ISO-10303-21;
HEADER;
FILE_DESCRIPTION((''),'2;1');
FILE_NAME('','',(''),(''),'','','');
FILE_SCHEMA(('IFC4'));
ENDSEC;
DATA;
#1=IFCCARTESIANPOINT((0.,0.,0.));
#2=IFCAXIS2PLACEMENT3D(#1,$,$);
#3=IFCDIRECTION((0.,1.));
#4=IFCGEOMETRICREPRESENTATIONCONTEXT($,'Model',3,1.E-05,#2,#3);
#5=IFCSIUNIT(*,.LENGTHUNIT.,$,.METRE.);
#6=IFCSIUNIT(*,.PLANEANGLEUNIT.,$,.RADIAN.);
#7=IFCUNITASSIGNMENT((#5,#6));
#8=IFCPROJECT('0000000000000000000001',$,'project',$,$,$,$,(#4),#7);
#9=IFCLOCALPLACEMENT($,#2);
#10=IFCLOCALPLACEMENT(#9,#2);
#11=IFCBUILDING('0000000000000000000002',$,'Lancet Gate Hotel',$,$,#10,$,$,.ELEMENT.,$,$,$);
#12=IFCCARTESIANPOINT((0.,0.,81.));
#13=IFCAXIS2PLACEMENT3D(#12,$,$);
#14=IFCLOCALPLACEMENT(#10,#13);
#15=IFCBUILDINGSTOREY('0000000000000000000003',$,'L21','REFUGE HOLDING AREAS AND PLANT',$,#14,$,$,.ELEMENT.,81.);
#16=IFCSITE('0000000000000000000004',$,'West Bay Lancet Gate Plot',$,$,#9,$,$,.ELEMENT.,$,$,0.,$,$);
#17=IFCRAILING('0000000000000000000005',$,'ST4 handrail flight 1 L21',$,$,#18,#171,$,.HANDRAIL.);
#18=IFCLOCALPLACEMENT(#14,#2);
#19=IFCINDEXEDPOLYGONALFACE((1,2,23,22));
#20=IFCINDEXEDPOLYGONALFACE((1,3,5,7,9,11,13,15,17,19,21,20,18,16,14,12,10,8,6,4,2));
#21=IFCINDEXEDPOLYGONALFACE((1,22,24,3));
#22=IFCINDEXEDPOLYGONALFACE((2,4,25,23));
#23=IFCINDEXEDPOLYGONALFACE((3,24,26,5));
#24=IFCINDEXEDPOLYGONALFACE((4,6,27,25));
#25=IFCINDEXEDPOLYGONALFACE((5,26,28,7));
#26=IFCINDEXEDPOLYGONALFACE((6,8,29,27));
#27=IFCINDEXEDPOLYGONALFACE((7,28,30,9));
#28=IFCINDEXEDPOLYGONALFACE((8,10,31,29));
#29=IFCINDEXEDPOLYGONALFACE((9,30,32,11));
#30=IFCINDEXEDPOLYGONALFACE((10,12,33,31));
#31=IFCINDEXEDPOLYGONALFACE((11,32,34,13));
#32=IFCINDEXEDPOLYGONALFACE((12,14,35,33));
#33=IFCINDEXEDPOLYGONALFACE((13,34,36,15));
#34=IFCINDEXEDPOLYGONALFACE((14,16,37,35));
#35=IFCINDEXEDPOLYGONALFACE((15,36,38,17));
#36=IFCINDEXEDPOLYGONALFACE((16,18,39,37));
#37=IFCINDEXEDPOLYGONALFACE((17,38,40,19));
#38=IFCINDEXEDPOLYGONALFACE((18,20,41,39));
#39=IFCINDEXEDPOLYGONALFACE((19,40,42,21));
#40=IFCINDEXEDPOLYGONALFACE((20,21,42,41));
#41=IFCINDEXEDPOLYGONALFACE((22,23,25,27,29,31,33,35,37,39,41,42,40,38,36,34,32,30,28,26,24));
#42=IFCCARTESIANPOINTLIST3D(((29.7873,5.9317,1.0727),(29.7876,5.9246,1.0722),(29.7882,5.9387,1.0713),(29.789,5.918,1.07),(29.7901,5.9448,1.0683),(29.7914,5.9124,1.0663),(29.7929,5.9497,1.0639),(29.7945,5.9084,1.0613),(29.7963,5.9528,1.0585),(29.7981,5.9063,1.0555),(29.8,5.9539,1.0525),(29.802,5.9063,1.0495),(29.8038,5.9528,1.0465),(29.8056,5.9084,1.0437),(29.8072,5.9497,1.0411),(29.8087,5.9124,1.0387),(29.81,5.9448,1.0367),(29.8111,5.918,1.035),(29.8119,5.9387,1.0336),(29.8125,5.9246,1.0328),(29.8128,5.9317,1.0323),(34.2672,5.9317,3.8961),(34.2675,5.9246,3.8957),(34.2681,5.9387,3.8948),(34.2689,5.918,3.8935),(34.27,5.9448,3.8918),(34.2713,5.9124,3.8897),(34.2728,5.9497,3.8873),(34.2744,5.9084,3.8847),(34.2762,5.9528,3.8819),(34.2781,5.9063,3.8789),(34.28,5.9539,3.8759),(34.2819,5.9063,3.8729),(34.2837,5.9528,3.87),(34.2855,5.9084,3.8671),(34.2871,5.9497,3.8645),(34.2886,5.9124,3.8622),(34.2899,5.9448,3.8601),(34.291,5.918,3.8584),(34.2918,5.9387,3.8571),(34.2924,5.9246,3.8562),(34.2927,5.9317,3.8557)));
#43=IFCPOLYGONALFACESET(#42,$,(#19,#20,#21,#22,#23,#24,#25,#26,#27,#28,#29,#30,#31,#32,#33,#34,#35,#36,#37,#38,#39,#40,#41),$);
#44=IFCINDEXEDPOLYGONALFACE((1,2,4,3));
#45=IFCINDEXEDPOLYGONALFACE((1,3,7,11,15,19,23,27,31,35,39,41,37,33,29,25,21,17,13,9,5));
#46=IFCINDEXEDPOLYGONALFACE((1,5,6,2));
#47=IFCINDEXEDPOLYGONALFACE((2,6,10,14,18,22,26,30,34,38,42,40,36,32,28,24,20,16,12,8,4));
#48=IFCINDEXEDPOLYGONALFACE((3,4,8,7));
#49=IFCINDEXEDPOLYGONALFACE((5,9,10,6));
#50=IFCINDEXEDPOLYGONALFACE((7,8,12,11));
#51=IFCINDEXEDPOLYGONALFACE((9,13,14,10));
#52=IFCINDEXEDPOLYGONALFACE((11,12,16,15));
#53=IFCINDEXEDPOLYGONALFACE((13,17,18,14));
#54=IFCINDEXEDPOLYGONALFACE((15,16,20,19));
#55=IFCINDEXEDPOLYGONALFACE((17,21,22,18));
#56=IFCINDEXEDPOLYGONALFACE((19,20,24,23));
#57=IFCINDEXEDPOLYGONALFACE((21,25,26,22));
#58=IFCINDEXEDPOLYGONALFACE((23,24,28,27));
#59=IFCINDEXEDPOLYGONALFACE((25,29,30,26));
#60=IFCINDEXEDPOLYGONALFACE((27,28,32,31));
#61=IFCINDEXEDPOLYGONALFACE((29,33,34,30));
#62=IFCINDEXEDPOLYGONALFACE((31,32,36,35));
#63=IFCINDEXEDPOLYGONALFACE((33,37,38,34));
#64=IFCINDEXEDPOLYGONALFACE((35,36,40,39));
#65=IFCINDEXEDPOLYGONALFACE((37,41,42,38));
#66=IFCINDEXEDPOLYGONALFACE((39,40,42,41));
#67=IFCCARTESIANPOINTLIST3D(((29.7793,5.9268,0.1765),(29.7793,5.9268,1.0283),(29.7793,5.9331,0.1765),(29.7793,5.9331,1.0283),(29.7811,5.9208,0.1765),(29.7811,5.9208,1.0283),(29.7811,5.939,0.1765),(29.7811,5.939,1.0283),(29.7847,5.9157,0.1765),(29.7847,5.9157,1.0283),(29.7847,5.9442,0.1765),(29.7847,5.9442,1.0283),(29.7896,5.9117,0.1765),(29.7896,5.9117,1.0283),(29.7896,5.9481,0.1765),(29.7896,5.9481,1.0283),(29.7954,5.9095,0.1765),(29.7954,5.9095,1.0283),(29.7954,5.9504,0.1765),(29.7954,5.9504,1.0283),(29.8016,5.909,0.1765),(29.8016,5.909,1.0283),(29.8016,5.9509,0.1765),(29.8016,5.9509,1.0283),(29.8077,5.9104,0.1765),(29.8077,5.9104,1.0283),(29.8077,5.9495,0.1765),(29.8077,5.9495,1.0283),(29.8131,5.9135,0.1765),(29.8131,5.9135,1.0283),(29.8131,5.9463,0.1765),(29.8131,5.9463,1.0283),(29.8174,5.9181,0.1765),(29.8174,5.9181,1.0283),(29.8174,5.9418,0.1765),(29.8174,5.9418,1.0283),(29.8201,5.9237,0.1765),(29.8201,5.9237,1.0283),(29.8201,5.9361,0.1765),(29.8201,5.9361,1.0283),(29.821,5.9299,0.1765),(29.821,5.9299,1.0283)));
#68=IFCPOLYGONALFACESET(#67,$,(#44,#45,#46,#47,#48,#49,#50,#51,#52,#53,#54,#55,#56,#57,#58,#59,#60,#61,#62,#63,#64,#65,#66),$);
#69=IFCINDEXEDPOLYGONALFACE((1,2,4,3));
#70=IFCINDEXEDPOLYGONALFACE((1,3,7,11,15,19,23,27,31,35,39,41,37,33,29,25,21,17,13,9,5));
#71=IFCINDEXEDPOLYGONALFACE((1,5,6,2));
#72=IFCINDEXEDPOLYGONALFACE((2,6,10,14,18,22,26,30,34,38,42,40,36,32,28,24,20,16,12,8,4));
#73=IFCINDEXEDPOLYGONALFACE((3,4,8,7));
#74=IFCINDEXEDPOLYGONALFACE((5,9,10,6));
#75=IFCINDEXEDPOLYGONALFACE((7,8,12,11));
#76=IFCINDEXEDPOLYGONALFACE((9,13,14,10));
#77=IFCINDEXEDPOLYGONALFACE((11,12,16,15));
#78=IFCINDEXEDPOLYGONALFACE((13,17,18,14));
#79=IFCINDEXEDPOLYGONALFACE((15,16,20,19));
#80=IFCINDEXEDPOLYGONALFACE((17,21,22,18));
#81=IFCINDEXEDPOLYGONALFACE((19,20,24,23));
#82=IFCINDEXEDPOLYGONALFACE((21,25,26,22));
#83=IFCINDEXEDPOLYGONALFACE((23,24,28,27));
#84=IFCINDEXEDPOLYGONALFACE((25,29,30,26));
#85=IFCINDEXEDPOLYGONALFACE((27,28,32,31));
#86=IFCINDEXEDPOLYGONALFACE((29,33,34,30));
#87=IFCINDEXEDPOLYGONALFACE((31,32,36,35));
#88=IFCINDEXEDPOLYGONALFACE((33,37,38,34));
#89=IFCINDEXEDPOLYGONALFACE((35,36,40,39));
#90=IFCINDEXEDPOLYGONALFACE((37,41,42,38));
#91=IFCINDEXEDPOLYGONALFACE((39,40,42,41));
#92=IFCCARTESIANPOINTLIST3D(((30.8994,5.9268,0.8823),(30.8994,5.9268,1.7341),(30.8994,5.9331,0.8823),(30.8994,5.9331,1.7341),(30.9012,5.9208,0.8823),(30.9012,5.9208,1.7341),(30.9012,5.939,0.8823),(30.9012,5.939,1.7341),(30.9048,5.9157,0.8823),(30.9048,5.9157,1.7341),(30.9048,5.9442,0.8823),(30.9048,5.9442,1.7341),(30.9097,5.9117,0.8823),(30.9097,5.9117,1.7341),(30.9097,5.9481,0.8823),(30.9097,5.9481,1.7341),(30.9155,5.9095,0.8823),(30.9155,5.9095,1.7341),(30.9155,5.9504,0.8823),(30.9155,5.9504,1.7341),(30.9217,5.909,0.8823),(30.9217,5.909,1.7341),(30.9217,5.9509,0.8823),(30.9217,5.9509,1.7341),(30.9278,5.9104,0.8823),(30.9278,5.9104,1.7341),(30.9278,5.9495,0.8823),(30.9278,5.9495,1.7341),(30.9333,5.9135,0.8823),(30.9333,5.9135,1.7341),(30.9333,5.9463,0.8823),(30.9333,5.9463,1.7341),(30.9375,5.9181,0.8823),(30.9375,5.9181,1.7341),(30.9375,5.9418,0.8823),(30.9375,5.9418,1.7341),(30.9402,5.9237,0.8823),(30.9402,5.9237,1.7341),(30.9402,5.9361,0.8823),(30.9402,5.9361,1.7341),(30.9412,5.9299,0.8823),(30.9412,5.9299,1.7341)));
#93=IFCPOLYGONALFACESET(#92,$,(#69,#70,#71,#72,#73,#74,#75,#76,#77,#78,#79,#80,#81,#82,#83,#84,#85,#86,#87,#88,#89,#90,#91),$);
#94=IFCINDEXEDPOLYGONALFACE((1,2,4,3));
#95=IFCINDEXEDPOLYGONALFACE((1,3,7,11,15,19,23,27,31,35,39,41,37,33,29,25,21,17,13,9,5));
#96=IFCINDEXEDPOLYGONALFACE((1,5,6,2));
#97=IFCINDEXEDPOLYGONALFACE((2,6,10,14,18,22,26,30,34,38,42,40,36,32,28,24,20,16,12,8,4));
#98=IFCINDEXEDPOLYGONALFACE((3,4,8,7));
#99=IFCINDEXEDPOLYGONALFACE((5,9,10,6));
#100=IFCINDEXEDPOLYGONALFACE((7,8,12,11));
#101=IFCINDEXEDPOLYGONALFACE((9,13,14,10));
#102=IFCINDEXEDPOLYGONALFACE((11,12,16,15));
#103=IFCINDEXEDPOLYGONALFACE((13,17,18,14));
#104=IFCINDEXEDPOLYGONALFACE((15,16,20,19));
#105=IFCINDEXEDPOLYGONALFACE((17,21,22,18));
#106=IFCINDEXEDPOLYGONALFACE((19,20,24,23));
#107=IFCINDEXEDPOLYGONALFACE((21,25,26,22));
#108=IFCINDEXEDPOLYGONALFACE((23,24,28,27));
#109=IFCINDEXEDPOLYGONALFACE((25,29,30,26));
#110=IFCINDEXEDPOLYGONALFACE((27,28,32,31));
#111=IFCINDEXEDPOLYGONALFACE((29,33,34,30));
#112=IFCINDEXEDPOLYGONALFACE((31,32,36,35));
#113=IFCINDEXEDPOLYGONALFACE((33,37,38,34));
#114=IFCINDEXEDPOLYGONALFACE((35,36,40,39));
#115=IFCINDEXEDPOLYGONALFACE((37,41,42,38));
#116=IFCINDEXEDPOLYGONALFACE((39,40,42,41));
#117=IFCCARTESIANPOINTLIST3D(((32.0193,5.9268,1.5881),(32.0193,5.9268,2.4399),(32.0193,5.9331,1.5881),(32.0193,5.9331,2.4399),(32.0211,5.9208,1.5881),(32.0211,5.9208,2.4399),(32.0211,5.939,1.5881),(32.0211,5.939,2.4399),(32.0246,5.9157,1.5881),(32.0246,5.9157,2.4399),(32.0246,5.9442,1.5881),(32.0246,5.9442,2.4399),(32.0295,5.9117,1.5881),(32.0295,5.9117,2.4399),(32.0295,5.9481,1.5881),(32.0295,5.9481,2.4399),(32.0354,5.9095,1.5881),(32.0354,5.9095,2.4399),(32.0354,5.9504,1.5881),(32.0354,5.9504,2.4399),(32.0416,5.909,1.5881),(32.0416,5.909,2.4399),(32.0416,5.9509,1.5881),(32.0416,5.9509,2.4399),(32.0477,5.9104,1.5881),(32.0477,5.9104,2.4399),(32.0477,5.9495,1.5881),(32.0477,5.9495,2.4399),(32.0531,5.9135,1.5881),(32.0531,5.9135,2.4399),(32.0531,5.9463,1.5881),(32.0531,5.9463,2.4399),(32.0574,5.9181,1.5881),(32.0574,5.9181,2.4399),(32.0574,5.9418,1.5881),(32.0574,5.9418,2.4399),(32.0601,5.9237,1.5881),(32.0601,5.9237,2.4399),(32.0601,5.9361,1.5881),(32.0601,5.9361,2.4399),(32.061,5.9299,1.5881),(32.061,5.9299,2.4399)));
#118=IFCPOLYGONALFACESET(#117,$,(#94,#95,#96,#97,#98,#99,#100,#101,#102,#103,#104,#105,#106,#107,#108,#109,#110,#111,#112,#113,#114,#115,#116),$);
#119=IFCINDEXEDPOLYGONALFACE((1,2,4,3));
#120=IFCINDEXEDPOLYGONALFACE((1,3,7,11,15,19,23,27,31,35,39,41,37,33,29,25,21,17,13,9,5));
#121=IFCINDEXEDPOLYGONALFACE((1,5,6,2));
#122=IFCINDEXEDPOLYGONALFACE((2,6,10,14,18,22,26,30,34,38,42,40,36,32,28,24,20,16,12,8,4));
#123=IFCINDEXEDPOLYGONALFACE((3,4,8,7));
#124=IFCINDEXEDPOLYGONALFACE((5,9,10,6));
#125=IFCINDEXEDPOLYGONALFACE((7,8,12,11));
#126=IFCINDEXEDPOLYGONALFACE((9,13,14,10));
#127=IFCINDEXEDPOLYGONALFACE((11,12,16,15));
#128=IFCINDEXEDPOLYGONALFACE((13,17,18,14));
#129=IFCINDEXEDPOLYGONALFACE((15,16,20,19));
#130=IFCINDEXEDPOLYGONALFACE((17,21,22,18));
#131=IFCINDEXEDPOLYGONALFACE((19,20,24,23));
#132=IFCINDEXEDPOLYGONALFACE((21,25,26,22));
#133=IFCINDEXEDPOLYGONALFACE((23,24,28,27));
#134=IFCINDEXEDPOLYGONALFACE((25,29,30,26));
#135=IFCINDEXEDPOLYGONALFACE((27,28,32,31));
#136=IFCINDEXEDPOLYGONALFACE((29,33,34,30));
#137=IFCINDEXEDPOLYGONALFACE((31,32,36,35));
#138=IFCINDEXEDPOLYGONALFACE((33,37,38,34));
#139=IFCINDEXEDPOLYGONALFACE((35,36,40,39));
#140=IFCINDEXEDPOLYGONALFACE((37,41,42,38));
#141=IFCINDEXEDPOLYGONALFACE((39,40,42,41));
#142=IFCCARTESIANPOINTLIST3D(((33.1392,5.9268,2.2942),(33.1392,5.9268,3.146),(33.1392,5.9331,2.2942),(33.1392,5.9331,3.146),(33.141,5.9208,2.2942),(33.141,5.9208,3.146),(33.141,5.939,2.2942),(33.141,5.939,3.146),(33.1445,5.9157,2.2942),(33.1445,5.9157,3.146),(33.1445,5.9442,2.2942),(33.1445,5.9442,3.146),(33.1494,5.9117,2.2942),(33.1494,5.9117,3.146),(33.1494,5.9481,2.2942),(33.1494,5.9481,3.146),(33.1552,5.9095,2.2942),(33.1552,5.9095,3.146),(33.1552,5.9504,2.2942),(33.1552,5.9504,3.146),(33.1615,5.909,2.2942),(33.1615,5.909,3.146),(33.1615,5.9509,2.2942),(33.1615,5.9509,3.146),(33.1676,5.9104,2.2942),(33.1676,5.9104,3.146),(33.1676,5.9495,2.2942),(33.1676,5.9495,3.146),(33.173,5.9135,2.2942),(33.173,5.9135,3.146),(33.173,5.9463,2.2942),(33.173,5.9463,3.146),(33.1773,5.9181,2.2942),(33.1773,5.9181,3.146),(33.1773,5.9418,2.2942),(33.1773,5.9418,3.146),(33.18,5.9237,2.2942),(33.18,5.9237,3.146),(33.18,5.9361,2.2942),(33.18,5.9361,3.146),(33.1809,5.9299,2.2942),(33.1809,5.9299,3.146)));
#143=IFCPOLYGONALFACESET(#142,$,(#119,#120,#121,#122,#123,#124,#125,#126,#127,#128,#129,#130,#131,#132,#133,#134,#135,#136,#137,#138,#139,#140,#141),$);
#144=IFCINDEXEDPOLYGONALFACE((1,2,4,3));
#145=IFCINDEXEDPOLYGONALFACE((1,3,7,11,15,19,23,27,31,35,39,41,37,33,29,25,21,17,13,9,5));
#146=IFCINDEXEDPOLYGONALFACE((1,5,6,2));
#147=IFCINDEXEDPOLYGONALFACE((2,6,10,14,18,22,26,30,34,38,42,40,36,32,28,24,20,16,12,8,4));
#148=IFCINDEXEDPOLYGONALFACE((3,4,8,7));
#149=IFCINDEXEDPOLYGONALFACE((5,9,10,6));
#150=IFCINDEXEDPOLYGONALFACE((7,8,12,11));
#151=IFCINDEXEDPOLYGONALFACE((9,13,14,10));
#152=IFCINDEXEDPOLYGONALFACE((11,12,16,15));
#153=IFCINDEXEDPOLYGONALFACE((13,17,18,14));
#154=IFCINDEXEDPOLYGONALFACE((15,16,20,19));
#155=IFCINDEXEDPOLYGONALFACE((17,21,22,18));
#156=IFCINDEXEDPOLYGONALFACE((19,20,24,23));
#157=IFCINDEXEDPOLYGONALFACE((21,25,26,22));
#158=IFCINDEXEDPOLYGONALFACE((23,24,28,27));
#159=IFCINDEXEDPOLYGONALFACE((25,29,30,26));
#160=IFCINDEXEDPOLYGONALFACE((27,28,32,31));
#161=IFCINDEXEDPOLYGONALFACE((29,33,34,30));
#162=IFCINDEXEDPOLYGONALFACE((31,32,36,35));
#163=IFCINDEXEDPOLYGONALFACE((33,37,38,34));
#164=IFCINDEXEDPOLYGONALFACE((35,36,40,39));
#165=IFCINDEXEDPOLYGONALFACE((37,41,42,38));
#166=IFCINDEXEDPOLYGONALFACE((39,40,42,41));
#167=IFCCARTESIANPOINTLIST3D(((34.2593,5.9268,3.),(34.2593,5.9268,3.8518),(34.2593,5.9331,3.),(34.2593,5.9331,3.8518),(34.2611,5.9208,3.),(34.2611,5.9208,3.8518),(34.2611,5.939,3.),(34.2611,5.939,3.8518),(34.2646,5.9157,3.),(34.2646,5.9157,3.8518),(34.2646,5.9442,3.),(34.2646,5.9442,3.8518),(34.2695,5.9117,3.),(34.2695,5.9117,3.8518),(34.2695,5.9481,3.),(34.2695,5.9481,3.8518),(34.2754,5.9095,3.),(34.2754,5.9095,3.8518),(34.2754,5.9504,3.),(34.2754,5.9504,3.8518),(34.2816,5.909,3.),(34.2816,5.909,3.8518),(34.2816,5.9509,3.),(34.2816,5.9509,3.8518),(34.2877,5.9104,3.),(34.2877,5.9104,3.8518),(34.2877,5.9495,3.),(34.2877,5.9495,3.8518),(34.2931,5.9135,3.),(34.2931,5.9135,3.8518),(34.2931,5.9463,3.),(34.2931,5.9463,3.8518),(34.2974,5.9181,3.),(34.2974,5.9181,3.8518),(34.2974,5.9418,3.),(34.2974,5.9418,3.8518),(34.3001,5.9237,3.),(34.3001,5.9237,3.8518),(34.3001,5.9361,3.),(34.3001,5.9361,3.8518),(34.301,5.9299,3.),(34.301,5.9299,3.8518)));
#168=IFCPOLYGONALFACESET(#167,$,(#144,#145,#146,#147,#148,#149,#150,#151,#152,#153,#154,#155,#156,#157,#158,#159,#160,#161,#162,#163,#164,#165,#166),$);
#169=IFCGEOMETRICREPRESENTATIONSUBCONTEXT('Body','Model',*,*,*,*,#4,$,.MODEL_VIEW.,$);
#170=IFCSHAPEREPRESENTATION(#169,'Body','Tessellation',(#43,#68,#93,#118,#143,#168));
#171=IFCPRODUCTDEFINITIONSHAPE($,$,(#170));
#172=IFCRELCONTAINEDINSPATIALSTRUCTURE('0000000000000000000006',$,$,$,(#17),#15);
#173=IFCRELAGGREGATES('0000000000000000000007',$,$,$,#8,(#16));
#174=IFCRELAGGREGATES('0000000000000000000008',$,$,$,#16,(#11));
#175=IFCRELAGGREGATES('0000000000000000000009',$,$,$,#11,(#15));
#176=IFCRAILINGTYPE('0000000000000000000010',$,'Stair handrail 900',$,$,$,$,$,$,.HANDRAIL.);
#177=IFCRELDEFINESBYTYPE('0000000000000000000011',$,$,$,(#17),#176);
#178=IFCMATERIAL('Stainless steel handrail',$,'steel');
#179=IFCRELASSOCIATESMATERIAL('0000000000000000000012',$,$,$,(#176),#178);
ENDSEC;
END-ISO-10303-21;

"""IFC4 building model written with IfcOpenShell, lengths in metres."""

from ifc_helpers import new_model, si_unit, direction, frame, origin, origin_2d, place, context, subcontext, project, spatial, circle, extrude, material, type_object, element, save


model = new_model("IFC4")

# Units and contexts
model_context = context("Model", 3, precision=1e-05, world=origin(), true_north=direction((0.0, 1.0)))
body_context = subcontext(model_context, "Body", "Model", "MODEL_VIEW")
ifc_project = project(units=[si_unit("LENGTHUNIT", "METRE"), si_unit("PLANEANGLEUNIT", "RADIAN")], contexts=[model_context])

# Site, building, storey
site_placement = place(None, origin())
site = spatial("IfcSite", under=ifc_project, at=site_placement, Name="West Bay Lancet Gate Plot", CompositionType="ELEMENT", RefElevation=0.0)
building_placement = place(site_placement, origin())
building = spatial("IfcBuilding", under=site, at=building_placement, Name="Lancet Gate Hotel", CompositionType="ELEMENT")
storey_placement = place(building_placement, frame((0.0, 0.0, 81.0)))
storey = spatial("IfcBuildingStorey", under=building, at=storey_placement, Name="L21", Description="REFUGE HOLDING AREAS AND PLANT", CompositionType="ELEMENT", Elevation=81.0)

# Railing
ifc_material_1 = material(Name="Stainless steel handrail", Category="steel")
railing_type = type_object("IfcRailingType", Name="Stair handrail 900", PredefinedType="HANDRAIL", material=ifc_material_1)
railing_1_placement = place(storey_placement, frame((29.8, 5.9299, 0.1765)))
element("IfcRailing", 1, at=railing_1_placement, inside=storey, type_object=railing_type, Name="ST4 handrail flight 1 L21", PredefinedType="HANDRAIL", context=body_context, shape_type="SweptSolid", body=[
    extrude(circle(Radius=0.0239, at=origin_2d()), frame((0.0, 0.0, 0.876), z_axis=(0.845998, 0.0, 0.533186), x_axis=(0.0, 1.0, 0.0)), (0.0, 0.0, 1.0), 5.2954),
    extrude(circle(Radius=0.021, at=origin_2d()), origin(), (0.0, 0.0, 1.0), 0.8518),
    extrude(circle(Radius=0.021, at=origin_2d()), frame((1.1201, 0.0, 0.7058)), (0.0, 0.0, 1.0), 0.8518),
    extrude(circle(Radius=0.021, at=origin_2d()), frame((2.24, 0.0, 1.4116)), (0.0, 0.0, 1.0), 0.8518),
    extrude(circle(Radius=0.021, at=origin_2d()), frame((3.3599, 0.0, 2.1177)), (0.0, 0.0, 1.0), 0.8518),
    extrude(circle(Radius=0.021, at=origin_2d()), frame((4.48, 0.0, 2.8235)), (0.0, 0.0, 1.0), 0.8518),
])

save(model, "model.ifc")
